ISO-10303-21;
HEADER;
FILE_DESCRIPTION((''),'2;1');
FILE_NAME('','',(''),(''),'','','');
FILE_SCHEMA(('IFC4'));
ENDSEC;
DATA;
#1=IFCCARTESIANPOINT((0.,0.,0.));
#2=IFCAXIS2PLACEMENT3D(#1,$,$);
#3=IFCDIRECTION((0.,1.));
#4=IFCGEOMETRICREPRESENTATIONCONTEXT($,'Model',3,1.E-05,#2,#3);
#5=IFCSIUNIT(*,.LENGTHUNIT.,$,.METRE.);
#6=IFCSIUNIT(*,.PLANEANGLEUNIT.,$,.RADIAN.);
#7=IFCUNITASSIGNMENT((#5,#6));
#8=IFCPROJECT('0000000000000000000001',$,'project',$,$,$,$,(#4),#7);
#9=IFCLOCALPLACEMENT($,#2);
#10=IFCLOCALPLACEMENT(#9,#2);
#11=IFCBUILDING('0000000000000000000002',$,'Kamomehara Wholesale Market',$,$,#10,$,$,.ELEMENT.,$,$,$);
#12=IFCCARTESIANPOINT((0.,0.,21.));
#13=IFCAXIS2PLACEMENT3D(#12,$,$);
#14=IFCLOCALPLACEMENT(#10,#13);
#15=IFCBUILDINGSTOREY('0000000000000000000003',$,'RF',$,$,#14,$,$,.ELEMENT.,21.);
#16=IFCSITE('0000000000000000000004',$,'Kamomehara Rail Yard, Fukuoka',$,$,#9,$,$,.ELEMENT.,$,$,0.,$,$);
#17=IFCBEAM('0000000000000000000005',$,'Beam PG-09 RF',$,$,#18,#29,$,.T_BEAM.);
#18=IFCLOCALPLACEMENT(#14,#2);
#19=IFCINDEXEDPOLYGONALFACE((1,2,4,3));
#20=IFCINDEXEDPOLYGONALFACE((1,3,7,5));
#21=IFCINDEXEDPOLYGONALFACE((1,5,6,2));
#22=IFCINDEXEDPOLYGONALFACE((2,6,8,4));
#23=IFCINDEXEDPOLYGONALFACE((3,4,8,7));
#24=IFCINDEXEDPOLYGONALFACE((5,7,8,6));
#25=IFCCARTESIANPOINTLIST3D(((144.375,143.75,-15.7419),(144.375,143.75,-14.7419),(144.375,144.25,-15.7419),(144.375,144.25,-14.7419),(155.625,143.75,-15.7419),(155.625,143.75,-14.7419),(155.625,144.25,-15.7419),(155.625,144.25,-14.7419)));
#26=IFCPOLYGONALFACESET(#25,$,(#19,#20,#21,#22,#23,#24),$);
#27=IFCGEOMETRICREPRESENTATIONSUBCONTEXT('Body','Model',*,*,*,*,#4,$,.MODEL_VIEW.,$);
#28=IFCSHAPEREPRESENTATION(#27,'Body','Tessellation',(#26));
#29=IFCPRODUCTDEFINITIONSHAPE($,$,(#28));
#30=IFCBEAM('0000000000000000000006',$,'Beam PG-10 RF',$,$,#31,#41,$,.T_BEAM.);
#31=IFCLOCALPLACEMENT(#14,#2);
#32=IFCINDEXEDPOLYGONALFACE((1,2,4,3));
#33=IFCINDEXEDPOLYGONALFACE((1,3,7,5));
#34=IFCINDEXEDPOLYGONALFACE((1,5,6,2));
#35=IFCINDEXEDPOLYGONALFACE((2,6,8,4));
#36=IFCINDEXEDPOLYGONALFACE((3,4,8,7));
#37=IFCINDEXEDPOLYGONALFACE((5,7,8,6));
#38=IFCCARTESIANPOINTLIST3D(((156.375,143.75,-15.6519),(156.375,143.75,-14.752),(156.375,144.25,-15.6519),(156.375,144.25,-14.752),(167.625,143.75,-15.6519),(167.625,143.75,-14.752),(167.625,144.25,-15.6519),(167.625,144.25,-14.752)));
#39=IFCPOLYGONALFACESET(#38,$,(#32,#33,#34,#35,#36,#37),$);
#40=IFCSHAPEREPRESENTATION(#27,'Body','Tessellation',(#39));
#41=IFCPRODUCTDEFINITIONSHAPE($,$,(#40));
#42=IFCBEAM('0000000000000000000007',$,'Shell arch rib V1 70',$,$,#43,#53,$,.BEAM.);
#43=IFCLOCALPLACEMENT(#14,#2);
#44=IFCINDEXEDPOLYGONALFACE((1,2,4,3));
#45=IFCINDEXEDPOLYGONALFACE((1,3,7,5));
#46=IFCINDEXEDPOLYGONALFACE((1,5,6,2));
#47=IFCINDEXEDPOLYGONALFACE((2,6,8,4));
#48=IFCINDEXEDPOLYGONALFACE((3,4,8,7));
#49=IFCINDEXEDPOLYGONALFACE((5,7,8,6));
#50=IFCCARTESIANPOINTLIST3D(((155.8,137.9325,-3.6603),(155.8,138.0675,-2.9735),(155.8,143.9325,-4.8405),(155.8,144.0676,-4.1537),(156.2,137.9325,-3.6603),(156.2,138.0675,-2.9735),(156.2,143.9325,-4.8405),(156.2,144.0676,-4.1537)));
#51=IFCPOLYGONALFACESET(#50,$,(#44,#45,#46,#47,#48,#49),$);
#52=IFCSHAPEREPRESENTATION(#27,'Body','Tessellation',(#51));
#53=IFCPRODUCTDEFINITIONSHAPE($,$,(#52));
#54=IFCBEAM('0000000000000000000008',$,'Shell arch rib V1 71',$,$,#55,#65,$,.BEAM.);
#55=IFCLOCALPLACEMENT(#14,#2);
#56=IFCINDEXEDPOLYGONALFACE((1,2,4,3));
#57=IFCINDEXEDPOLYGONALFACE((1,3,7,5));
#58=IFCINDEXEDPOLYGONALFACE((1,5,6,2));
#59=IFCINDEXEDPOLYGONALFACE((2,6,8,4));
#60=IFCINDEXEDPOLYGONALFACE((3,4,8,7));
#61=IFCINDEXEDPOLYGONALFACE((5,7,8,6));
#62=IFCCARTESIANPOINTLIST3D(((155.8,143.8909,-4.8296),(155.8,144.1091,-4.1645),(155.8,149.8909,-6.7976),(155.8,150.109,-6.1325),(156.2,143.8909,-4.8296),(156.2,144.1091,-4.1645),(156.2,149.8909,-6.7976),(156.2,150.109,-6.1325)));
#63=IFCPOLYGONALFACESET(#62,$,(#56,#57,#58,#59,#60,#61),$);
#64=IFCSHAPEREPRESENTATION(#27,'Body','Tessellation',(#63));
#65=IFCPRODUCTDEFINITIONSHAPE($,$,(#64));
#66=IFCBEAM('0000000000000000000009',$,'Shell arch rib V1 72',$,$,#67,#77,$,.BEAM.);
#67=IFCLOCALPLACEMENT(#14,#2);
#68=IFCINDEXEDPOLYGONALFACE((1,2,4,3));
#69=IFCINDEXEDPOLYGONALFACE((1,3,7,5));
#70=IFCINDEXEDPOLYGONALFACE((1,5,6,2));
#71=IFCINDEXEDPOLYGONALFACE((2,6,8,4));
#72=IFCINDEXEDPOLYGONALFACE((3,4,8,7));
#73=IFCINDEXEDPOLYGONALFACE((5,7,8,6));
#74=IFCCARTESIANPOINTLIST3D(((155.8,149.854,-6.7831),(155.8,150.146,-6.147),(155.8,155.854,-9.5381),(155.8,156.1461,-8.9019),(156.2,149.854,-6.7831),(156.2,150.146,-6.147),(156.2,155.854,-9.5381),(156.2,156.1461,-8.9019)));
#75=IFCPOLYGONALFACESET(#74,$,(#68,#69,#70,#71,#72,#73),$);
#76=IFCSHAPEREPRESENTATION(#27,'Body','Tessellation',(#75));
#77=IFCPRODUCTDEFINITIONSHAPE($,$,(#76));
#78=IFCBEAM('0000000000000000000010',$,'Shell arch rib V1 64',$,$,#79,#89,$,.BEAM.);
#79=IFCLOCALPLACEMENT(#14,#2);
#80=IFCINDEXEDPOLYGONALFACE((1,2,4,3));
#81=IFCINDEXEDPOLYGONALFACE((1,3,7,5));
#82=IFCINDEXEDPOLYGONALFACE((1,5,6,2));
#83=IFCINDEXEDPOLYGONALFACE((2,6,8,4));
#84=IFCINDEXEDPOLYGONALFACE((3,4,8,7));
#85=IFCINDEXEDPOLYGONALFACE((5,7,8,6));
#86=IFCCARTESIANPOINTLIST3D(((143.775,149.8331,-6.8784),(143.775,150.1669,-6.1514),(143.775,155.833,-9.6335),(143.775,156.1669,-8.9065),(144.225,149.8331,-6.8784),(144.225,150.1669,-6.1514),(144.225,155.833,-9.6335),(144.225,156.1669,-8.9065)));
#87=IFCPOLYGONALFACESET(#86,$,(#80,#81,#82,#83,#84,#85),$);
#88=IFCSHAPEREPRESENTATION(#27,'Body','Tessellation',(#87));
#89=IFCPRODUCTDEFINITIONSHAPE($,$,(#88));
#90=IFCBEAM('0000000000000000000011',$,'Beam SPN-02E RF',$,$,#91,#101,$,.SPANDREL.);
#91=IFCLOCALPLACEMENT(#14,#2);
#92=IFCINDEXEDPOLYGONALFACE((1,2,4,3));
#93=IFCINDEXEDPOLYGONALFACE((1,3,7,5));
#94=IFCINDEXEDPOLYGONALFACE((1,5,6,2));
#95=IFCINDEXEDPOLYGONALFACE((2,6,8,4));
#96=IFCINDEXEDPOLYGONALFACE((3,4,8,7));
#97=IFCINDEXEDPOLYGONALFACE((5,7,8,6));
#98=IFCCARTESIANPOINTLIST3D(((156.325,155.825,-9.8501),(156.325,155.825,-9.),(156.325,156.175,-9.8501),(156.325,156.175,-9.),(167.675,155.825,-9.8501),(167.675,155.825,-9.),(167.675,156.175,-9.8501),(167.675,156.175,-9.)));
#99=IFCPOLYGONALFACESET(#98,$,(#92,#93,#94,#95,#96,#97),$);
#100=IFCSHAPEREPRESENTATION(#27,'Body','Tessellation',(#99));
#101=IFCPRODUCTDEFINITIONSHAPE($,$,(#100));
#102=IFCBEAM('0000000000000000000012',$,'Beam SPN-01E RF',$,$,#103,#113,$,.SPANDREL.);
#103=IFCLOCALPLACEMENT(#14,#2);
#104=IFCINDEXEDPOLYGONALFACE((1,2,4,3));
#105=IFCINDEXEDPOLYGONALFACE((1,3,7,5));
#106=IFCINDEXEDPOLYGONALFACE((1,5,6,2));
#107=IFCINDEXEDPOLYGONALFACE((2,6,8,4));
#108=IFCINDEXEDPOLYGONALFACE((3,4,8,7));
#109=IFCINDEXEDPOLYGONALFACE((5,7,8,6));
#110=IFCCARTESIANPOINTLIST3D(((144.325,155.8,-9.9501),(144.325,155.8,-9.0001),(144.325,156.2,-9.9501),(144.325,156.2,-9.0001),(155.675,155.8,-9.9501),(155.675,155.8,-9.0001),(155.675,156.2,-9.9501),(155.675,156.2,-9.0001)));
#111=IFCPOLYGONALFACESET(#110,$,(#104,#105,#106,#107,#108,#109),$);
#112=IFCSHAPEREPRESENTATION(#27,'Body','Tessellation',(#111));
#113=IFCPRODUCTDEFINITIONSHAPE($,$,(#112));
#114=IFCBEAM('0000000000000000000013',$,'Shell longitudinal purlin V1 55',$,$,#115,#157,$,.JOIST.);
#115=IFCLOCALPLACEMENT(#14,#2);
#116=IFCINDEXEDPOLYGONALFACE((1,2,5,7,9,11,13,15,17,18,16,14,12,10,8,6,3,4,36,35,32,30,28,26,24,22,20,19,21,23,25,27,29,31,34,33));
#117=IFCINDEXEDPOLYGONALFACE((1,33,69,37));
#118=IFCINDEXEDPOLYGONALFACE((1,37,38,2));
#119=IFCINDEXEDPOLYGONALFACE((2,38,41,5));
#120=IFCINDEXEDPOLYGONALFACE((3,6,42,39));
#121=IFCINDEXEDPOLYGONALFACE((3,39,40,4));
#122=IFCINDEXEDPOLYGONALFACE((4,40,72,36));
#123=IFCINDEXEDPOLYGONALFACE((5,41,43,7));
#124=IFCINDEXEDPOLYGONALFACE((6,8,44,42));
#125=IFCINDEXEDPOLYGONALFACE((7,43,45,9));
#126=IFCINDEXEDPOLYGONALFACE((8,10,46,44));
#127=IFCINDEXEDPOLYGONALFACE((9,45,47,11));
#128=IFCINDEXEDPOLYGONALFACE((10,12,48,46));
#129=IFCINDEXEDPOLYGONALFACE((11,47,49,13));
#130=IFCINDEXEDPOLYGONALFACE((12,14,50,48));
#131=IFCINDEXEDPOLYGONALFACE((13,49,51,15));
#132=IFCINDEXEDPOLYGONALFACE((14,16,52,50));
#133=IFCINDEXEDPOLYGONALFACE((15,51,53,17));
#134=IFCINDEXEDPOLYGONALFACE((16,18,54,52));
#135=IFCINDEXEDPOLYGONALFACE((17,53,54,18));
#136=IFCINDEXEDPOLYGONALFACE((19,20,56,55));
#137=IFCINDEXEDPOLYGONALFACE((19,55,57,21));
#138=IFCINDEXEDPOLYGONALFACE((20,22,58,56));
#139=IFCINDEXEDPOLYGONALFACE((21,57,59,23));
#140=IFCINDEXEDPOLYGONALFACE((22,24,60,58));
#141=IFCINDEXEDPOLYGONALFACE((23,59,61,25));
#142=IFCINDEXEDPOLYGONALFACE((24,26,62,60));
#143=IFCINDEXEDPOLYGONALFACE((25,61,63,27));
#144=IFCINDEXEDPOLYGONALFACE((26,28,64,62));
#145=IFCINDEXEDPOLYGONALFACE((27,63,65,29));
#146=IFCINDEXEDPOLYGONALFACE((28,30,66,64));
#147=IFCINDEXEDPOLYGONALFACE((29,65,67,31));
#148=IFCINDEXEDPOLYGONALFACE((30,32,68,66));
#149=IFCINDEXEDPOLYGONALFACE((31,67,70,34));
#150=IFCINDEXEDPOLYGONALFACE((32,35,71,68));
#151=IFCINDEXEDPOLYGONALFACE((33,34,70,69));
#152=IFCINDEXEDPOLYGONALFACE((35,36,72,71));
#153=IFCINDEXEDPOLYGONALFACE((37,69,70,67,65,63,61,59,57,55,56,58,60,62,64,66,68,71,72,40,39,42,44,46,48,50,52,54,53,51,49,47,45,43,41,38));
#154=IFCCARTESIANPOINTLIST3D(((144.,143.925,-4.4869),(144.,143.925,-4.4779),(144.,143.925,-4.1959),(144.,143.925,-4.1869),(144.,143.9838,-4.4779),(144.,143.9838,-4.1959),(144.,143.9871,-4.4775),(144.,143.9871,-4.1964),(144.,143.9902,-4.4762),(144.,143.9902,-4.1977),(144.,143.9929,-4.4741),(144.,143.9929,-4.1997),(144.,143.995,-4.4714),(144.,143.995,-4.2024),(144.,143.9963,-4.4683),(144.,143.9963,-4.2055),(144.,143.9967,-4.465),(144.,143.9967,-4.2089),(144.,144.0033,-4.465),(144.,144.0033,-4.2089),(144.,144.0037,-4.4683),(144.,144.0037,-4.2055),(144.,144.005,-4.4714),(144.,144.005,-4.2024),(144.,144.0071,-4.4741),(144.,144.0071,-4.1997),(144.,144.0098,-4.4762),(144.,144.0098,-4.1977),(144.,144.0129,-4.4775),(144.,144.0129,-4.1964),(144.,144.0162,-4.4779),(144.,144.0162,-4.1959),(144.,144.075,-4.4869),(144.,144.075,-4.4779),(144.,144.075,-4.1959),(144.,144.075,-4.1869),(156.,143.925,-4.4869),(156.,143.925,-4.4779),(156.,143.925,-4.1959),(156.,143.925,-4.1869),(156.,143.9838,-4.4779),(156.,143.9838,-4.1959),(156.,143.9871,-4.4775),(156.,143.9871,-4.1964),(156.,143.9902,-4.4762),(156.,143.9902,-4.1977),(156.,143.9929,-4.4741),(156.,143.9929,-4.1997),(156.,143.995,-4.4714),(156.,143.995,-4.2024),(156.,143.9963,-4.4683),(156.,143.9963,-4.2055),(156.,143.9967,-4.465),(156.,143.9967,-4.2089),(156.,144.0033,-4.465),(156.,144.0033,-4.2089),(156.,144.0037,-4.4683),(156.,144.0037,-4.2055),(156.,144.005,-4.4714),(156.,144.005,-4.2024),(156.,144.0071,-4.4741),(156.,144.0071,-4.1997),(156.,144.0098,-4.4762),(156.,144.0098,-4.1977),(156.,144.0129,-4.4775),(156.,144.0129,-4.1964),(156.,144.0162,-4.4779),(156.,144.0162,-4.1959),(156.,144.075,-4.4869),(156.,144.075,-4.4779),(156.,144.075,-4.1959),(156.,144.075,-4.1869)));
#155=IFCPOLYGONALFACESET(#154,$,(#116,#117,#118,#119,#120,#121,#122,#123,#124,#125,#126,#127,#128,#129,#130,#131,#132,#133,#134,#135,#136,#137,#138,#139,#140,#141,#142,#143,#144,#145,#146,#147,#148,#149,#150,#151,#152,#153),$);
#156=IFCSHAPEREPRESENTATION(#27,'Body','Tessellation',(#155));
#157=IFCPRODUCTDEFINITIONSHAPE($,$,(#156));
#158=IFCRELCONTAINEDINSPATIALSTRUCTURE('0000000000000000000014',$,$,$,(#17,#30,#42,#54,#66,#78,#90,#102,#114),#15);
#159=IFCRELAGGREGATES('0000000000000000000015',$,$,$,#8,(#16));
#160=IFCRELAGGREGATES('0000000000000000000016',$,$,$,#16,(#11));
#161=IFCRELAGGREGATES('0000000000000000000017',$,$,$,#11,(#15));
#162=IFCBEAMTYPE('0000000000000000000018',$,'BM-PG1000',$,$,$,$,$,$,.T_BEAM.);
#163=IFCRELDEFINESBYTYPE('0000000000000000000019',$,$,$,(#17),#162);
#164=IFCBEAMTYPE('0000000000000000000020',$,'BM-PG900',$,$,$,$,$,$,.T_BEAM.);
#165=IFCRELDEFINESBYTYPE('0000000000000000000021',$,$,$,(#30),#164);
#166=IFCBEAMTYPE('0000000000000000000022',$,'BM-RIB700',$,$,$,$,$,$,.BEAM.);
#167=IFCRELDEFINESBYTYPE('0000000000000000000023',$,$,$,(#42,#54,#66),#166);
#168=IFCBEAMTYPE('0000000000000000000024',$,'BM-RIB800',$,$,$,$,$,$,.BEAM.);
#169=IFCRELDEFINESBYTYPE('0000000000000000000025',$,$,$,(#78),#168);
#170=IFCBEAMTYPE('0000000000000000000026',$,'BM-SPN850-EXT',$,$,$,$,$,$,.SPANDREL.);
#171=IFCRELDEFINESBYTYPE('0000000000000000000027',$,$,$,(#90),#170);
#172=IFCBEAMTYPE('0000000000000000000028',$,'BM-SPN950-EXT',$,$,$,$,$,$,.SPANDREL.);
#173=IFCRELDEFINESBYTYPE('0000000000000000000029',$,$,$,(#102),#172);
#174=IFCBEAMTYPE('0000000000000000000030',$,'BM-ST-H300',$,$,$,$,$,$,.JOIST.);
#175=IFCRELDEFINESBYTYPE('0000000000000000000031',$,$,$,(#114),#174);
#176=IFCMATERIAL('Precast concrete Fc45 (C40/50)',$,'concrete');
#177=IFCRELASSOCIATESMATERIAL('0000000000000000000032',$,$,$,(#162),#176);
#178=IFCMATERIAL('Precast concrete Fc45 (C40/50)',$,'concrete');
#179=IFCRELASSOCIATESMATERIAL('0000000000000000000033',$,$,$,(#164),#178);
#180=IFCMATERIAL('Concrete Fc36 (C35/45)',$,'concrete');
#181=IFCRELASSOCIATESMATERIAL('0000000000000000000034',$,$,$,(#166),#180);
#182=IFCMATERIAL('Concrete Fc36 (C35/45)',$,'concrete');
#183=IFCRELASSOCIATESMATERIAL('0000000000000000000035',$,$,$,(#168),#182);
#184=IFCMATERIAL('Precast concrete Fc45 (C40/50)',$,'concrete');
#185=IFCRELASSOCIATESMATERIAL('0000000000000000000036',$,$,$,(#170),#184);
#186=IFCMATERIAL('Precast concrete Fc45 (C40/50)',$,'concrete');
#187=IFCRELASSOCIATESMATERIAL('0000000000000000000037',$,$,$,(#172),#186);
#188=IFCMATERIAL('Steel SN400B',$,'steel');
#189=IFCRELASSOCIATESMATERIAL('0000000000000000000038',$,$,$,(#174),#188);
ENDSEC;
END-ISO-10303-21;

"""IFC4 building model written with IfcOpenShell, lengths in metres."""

from ifc_helpers import new_model, si_unit, direction, frame, origin, origin_2d, place, context, subcontext, project, spatial, rectangle, i_section, extrude, material, material_profile, profile_set, type_object, element, save


model = new_model("IFC4")

# Units and contexts
model_context = context("Model", 3, precision=1e-05, world=origin(), true_north=direction((0.0, 1.0)))
body_context = subcontext(model_context, "Body", "Model", "MODEL_VIEW")
ifc_project = project(units=[si_unit("LENGTHUNIT", "METRE"), si_unit("PLANEANGLEUNIT", "RADIAN")], contexts=[model_context])

# Site, building, storey
site_placement = place(None, origin())
site = spatial("IfcSite", under=ifc_project, at=site_placement, Name="Kamomehara Rail Yard, Fukuoka", CompositionType="ELEMENT", RefElevation=0.0)
building_placement = place(site_placement, origin())
building = spatial("IfcBuilding", under=site, at=building_placement, Name="Kamomehara Wholesale Market", CompositionType="ELEMENT")
storey_placement = place(building_placement, frame((0.0, 0.0, 21.0)))
storey = spatial("IfcBuildingStorey", under=building, at=storey_placement, Name="RF", CompositionType="ELEMENT", Elevation=21.0)

# Beams
ifc_material_1 = material(Name="Precast concrete Fc45 (C40/50)", Category="concrete")
ifc_material_profile_1 = material_profile(ifc_material_1, rectangle(XDim=0.5, YDim=1.0, at=origin_2d()), Name="PC-GRD-500x1000")
ifc_profile_set_1 = profile_set([ifc_material_profile_1], Name="Precast concrete Fc45 (C40/50)")
beam_type_1 = type_object("IfcBeamType", Name="BM-PG1000", PredefinedType="T_BEAM", material=ifc_profile_set_1)
beam_1_placement = place(storey_placement, frame((144.375, 144.0, -15.2419), z_axis=(1.0, 0.0, 0.0), x_axis=(0.0, 1.0, 0.0)))
element("IfcBeam", 1, at=beam_1_placement, inside=storey, type_object=beam_type_1, Name="Beam PG-09 RF", PredefinedType="T_BEAM", context=body_context, shape_type="SweptSolid", body=[
    extrude(rectangle(XDim=0.5, YDim=1.0, at=origin_2d()), origin(), (0.0, 0.0, 1.0), 11.25),
])
ifc_material_2 = material(Name="Precast concrete Fc45 (C40/50)", Category="concrete")
ifc_material_profile_2 = material_profile(ifc_material_2, rectangle(XDim=0.5, YDim=0.8999, at=origin_2d()), Name="PC-GRD-500x900")
ifc_profile_set_2 = profile_set([ifc_material_profile_2], Name="Precast concrete Fc45 (C40/50)")
beam_type_2 = type_object("IfcBeamType", Name="BM-PG900", PredefinedType="T_BEAM", material=ifc_profile_set_2)
beam_2_placement = place(storey_placement, frame((156.375, 144.0, -15.2019), z_axis=(1.0, 0.0, 0.0), x_axis=(0.0, 1.0, 0.0)))
element("IfcBeam", 2, at=beam_2_placement, inside=storey, type_object=beam_type_2, Name="Beam PG-10 RF", PredefinedType="T_BEAM", context=body_context, shape_type="SweptSolid", body=[
    extrude(rectangle(XDim=0.5, YDim=0.8999, at=origin_2d()), origin(), (0.0, 0.0, 1.0), 11.25),
])
ifc_material_3 = material(Name="Concrete Fc36 (C35/45)", Category="concrete")
ifc_material_profile_3 = material_profile(ifc_material_3, rectangle(XDim=0.3999, YDim=0.7, at=origin_2d()), Name="RC-RIB-400x700")
ifc_profile_set_3 = profile_set([ifc_material_profile_3], Name="Concrete Fc36 (C35/45)")
beam_type_3 = type_object("IfcBeamType", Name="BM-RIB700", PredefinedType="BEAM", material=ifc_profile_set_3)
beam_3_placement = place(storey_placement, frame((156.0, 138.0, -3.3169), z_axis=(0.0, 0.981199, -0.192998), x_axis=(-1.0, 0.0, 0.0)))
element("IfcBeam", 3, at=beam_3_placement, inside=storey, type_object=beam_type_3, Name="Shell arch rib V1 70", PredefinedType="BEAM", context=body_context, shape_type="SweptSolid", body=[
    extrude(rectangle(XDim=0.3999, YDim=0.7, at=origin_2d()), origin(), (0.0, 0.0, 1.0), 6.115),
])
beam_4_placement = place(storey_placement, frame((156.0, 144.0, -4.4971), z_axis=(0.0, 0.950192, -0.311666), x_axis=(-1.0, 0.0, 0.0)))
element("IfcBeam", 4, at=beam_4_placement, inside=storey, type_object=beam_type_3, Name="Shell arch rib V1 71", PredefinedType="BEAM", context=body_context, shape_type="SweptSolid", body=[
    extrude(rectangle(XDim=0.3999, YDim=0.7, at=origin_2d()), origin(), (0.0, 0.0, 1.0), 6.3145),
])
beam_5_placement = place(storey_placement, frame((156.0, 150.0, -6.4651), z_axis=(0.0, 0.908784, -0.417266), x_axis=(-1.0, 0.0, 0.0)))
element("IfcBeam", 5, at=beam_5_placement, inside=storey, type_object=beam_type_3, Name="Shell arch rib V1 72", PredefinedType="BEAM", context=body_context, shape_type="SweptSolid", body=[
    extrude(rectangle(XDim=0.3999, YDim=0.7, at=origin_2d()), origin(), (0.0, 0.0, 1.0), 6.6023),
])
ifc_material_4 = material(Name="Concrete Fc36 (C35/45)", Category="concrete")
ifc_material_profile_4 = material_profile(ifc_material_4, rectangle(XDim=0.45, YDim=0.8, at=origin_2d()), Name="RC-RIB-450x800")
ifc_profile_set_4 = profile_set([ifc_material_profile_4], Name="Concrete Fc36 (C35/45)")
beam_type_4 = type_object("IfcBeamType", Name="BM-RIB800", PredefinedType="BEAM", material=ifc_profile_set_4)
beam_6_placement = place(storey_placement, frame((144.0, 150.0, -6.5149), z_axis=(0.0, 0.90877, -0.417296), x_axis=(-1.0, 0.0, 0.0)))
element("IfcBeam", 6, at=beam_6_placement, inside=storey, type_object=beam_type_4, Name="Shell arch rib V1 64", PredefinedType="BEAM", context=body_context, shape_type="SweptSolid", body=[
    extrude(rectangle(XDim=0.45, YDim=0.8, at=origin_2d()), origin(), (0.0, 0.0, 1.0), 6.6023),
])
ifc_material_5 = material(Name="Precast concrete Fc45 (C40/50)", Category="concrete")
ifc_material_profile_5 = material_profile(ifc_material_5, rectangle(XDim=0.3501, YDim=0.8501, at=origin_2d()), Name="PC-SPN-350x850")
ifc_profile_set_5 = profile_set([ifc_material_profile_5], Name="Precast concrete Fc45 (C40/50)")
beam_type_5 = type_object("IfcBeamType", Name="BM-SPN850-EXT", PredefinedType="SPANDREL", material=ifc_profile_set_5)
beam_7_placement = place(storey_placement, frame((156.325, 156.0, -9.425), z_axis=(1.0, 0.0, 0.0), x_axis=(0.0, 1.0, 0.0)))
element("IfcBeam", 7, at=beam_7_placement, inside=storey, type_object=beam_type_5, Name="Beam SPN-02E RF", PredefinedType="SPANDREL", context=body_context, shape_type="SweptSolid", body=[
    extrude(rectangle(XDim=0.3501, YDim=0.8501, at=origin_2d()), origin(), (0.0, 0.0, 1.0), 11.3501),
])
ifc_material_6 = material(Name="Precast concrete Fc45 (C40/50)", Category="concrete")
ifc_material_profile_6 = material_profile(ifc_material_6, rectangle(XDim=0.3999, YDim=0.95, at=origin_2d()), Name="PC-SPN-400x950")
ifc_profile_set_6 = profile_set([ifc_material_profile_6], Name="Precast concrete Fc45 (C40/50)")
beam_type_6 = type_object("IfcBeamType", Name="BM-SPN950-EXT", PredefinedType="SPANDREL", material=ifc_profile_set_6)
beam_8_placement = place(storey_placement, frame((144.325, 156.0, -9.4751), z_axis=(1.0, 0.0, 0.0), x_axis=(0.0, 1.0, 0.0)))
element("IfcBeam", 8, at=beam_8_placement, inside=storey, type_object=beam_type_6, Name="Beam SPN-01E RF", PredefinedType="SPANDREL", context=body_context, shape_type="SweptSolid", body=[
    extrude(rectangle(XDim=0.3999, YDim=0.95, at=origin_2d()), origin(), (0.0, 0.0, 1.0), 11.3501),
])
ifc_material_7 = material(Name="Steel SN400B", Category="steel")
ifc_material_profile_7 = material_profile(ifc_material_7, i_section(OverallWidth=0.1499, OverallDepth=0.3, WebThickness=0.0066, FlangeThickness=0.009, FilletRadius=0.0129, at=origin_2d()), Name="H-300x150x6.5x9")
ifc_profile_set_7 = profile_set([ifc_material_profile_7], Name="Steel SN400B")
beam_type_7 = type_object("IfcBeamType", Name="BM-ST-H300", PredefinedType="JOIST", material=ifc_profile_set_7)
for number, where, z_axis, x_axis, name in (
    (9, (144.0, 144.0, -4.3369), (1.0, 0.0, 0.0), (0.0, 1.0, 0.0), "Shell longitudinal purlin V1 55"),
):
    element("IfcBeam", number, at=place(storey_placement, frame(where, z_axis=z_axis, x_axis=x_axis)), inside=storey, type_object=beam_type_7, Name=name, PredefinedType="JOIST", context=body_context, shape_type="SweptSolid", body=[
        extrude(i_section(OverallWidth=0.1499, OverallDepth=0.3, WebThickness=0.0066, FlangeThickness=0.009, FilletRadius=0.0129, at=origin_2d()), origin(), (0.0, 0.0, 1.0), 12.0),
    ])

save(model, "model.ifc")
